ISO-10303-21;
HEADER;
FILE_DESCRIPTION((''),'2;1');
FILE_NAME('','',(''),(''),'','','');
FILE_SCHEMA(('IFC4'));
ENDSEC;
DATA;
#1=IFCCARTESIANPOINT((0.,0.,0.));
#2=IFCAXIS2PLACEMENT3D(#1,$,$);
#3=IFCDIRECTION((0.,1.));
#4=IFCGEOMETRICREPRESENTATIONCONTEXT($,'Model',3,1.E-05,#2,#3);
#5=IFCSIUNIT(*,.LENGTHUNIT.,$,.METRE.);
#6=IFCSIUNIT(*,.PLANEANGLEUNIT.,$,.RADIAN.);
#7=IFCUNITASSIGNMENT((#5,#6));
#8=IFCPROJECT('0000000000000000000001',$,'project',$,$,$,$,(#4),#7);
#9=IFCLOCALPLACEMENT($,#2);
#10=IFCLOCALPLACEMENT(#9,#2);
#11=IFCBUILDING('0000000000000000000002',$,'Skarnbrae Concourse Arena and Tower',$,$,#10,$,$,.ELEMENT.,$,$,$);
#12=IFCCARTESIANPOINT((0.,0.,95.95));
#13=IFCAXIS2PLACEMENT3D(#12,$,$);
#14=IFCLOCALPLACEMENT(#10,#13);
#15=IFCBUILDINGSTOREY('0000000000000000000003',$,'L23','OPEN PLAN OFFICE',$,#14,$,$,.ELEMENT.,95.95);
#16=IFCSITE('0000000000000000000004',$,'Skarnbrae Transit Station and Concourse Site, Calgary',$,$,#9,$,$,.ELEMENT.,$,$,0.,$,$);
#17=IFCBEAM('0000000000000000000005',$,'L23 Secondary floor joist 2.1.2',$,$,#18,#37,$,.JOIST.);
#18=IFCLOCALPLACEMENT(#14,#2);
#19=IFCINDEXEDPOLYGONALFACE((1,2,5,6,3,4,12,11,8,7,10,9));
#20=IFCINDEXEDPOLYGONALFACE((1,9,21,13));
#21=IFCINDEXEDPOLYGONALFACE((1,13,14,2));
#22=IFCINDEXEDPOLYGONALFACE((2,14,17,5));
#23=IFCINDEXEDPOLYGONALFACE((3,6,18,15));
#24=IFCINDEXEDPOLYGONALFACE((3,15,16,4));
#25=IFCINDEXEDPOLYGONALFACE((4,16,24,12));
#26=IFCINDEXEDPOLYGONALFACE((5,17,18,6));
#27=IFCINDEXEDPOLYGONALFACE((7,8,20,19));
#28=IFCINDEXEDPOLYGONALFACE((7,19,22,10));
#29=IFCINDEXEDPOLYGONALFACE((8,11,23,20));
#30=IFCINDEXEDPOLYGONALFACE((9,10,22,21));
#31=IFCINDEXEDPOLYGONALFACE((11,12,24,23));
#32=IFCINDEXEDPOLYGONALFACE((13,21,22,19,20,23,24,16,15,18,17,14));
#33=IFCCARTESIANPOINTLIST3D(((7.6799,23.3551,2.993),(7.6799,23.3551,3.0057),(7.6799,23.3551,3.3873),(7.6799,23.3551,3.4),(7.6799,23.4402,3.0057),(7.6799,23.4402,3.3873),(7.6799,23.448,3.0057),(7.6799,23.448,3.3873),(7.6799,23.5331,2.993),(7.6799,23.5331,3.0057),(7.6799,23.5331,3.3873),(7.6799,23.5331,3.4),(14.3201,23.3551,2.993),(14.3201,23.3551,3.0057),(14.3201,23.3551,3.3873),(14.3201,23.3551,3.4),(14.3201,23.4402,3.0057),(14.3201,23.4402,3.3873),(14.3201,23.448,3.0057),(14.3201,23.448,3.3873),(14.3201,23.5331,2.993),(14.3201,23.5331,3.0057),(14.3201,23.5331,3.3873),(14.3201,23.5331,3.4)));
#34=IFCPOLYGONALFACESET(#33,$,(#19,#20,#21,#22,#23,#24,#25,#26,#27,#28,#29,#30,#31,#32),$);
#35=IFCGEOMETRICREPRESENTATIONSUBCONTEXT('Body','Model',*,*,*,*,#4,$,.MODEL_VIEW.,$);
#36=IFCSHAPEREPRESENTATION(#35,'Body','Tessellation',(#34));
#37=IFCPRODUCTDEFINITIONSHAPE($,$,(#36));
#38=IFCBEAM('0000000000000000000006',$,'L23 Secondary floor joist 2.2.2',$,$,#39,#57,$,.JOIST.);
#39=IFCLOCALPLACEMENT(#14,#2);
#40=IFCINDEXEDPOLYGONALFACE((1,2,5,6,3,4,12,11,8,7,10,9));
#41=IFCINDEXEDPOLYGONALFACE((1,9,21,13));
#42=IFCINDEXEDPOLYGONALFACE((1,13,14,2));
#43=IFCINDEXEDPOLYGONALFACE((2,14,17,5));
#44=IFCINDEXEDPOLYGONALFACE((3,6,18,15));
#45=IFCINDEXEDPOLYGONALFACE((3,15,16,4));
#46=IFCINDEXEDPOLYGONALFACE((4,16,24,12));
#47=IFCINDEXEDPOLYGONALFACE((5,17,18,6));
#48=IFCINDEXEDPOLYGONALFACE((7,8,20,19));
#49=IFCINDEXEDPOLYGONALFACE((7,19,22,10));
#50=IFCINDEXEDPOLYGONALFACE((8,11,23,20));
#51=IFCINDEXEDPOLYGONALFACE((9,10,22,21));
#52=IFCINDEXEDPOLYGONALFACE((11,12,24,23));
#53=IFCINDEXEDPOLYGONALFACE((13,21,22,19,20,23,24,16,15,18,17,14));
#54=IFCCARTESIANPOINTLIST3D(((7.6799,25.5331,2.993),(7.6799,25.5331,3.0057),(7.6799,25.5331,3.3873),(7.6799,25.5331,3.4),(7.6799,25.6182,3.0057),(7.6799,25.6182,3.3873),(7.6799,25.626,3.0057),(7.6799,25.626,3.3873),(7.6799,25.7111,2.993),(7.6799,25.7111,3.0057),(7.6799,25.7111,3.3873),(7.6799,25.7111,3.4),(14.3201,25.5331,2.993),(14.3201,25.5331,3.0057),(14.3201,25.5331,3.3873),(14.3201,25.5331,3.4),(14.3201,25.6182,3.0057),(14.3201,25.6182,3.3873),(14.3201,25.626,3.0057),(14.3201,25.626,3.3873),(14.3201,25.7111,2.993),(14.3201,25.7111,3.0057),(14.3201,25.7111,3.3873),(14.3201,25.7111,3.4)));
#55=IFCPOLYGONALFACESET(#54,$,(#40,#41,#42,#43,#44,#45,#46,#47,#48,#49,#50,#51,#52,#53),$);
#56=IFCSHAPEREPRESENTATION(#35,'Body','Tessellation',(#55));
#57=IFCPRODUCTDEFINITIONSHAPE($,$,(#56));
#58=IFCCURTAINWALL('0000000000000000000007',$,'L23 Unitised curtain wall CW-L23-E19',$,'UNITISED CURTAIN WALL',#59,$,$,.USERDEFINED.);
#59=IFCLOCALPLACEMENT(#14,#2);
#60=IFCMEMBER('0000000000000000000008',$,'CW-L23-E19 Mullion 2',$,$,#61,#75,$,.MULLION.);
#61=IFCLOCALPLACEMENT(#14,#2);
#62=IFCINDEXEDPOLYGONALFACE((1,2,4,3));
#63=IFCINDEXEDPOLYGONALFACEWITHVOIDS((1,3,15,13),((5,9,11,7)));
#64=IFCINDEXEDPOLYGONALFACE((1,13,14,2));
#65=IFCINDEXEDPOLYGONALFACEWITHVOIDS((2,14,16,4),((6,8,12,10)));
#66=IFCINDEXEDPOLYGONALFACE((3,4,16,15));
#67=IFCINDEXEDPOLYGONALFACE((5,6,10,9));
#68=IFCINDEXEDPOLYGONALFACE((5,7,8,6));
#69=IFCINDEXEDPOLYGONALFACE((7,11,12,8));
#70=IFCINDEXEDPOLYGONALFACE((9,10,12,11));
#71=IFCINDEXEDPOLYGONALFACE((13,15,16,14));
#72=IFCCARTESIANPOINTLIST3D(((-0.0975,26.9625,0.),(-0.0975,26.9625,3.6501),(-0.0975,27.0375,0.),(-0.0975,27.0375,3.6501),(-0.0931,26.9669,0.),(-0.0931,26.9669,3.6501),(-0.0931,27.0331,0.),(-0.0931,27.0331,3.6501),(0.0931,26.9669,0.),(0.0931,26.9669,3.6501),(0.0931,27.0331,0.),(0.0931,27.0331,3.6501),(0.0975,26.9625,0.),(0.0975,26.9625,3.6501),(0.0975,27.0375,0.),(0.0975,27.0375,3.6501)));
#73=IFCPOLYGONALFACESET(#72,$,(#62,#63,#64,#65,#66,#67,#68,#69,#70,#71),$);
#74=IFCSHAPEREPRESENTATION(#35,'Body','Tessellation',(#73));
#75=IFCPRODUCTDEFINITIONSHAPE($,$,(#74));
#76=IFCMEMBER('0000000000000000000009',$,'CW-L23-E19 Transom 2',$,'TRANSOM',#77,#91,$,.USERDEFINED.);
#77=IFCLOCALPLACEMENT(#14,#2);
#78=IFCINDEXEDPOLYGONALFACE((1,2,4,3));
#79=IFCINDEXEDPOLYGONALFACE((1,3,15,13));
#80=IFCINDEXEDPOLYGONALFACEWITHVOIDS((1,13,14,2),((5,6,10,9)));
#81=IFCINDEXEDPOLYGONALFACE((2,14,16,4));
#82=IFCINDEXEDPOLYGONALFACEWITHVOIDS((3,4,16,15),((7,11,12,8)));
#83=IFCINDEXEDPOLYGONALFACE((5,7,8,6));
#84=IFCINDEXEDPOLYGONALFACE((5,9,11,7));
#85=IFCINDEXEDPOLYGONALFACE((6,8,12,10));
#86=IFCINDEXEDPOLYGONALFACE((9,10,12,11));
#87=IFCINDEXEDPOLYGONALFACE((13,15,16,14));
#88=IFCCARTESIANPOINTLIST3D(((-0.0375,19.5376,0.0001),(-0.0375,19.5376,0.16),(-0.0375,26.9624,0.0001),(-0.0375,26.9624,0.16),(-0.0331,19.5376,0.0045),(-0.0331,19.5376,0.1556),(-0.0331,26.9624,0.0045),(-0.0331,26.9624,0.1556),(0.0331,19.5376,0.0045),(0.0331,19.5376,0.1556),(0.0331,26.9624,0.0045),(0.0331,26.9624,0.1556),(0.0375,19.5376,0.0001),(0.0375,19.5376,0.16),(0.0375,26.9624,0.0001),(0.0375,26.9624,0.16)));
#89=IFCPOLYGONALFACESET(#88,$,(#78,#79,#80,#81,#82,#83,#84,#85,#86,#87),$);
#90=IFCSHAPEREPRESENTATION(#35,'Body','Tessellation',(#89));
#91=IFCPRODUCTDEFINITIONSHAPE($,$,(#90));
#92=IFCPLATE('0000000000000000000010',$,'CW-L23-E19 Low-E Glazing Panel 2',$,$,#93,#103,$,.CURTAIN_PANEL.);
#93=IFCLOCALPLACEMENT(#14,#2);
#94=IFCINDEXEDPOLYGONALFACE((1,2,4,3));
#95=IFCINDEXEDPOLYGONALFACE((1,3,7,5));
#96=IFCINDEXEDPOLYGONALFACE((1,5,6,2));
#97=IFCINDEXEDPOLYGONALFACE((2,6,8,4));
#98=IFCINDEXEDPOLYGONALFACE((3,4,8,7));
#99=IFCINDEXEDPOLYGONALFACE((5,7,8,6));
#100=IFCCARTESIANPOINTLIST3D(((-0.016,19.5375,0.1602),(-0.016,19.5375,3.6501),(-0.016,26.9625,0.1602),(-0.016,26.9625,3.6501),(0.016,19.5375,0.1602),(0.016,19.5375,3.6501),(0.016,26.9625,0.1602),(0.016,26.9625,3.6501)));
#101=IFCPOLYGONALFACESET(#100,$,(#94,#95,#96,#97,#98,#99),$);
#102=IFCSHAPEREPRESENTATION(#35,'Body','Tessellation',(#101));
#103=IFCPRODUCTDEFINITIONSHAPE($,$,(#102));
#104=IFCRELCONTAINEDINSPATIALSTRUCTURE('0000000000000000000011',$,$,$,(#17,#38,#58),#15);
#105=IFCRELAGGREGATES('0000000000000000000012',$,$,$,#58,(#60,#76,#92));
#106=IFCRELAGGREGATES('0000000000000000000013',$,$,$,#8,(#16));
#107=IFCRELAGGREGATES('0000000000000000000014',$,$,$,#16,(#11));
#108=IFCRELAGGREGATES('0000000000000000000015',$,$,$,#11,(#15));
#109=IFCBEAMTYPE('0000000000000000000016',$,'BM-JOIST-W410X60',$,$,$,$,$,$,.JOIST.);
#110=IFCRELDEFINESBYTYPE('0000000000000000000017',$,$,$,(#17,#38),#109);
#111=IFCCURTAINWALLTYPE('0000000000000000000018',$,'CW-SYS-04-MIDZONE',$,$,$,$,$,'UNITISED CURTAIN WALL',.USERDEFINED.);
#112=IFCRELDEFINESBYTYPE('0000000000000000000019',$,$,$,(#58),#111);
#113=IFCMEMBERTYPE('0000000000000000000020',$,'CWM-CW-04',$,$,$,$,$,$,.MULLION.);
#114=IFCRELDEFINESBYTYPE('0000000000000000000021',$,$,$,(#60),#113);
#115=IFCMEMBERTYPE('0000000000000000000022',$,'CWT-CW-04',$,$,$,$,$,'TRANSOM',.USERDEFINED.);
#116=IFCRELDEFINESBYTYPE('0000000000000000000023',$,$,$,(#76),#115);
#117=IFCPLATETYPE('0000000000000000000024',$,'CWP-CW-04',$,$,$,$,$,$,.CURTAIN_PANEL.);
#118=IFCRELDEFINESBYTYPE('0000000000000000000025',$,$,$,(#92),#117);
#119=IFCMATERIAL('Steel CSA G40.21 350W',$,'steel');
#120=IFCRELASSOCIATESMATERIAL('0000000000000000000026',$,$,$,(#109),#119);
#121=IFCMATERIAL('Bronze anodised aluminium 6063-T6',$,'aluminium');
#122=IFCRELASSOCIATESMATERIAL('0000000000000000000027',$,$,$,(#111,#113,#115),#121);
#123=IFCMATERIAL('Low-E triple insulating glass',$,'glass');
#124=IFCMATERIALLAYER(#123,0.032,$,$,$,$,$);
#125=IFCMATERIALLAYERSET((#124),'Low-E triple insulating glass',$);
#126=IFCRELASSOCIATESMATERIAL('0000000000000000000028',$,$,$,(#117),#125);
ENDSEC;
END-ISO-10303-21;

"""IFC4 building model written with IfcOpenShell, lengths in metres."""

from ifc_helpers import new_model, si_unit, direction, frame, origin, origin_2d, place, context, subcontext, project, spatial, rectangle, hollow_rectangle, i_section, extrude, source, transform, mapped, material, layer, layer_set, material_profile, profile_set, type_object, element, aggregate, save


model = new_model("IFC4")

# Units and contexts
model_context = context("Model", 3, precision=1e-05, world=origin(), true_north=direction((0.0, 1.0)))
body_context = subcontext(model_context, "Body", "Model", "MODEL_VIEW")
ifc_project = project(units=[si_unit("LENGTHUNIT", "METRE"), si_unit("PLANEANGLEUNIT", "RADIAN")], contexts=[model_context])

# Site, building, storey
site_placement = place(None, origin())
site = spatial("IfcSite", under=ifc_project, at=site_placement, Name="Skarnbrae Transit Station and Concourse Site, Calgary", CompositionType="ELEMENT", RefElevation=0.0)
building_placement = place(site_placement, origin())
building = spatial("IfcBuilding", under=site, at=building_placement, Name="Skarnbrae Concourse Arena and Tower", CompositionType="ELEMENT")
storey_placement = place(building_placement, frame((0.0, 0.0, 95.95)))
storey = spatial("IfcBuildingStorey", under=building, at=storey_placement, Name="L23", Description="OPEN PLAN OFFICE", CompositionType="ELEMENT", Elevation=95.95)

# Shared definitions
ifc_material_1 = material(Name="Steel CSA G40.21 350W", Category="steel")

# Beams
ifc_material_profile_1 = material_profile(ifc_material_1, i_section(OverallWidth=0.178, OverallDepth=0.407, WebThickness=0.0078, FlangeThickness=0.0127, at=origin_2d()), Name="W410X60")
ifc_profile_set_1 = profile_set([ifc_material_profile_1], Name="Steel CSA G40.21 350W")
beam_type_1 = type_object("IfcBeamType", Name="BM-JOIST-W410X60", PredefinedType="JOIST", material=ifc_profile_set_1)
shared_shape_1 = source(origin(), body_context, "Body", "SweptSolid", [
    extrude(i_section(OverallWidth=0.178, OverallDepth=0.407, WebThickness=0.0078, FlangeThickness=0.0127, at=origin_2d()), origin(), (0.0, 0.0, 1.0), 6.6401),
])
for number, where, z_axis, x_axis, name in (
    (1, (7.6799, 23.4441, 3.1965), (1.0, 0.0, 0.0), (0.0, 1.0, 0.0), "L23 Secondary floor joist 2.1.2"),
    (2, (7.6799, 25.6221, 3.1965), (1.0, 0.0, 0.0), (0.0, 1.0, 0.0), "L23 Secondary floor joist 2.2.2"),
):
    element("IfcBeam", number, at=place(storey_placement, frame(where, z_axis=z_axis, x_axis=x_axis)), inside=storey, type_object=beam_type_1, Name=name, PredefinedType="JOIST", context=body_context, shape_type="MappedRepresentation", body=[
        mapped(shared_shape_1, transform((0.0, 0.0, 0.0))),
    ])

# Curtain wall, members, plate
ifc_material_2 = material(Name="Bronze anodised aluminium 6063-T6", Category="aluminium")
curtain_wall_type = type_object("IfcCurtainWallType", Name="CW-SYS-04-MIDZONE", ElementType="UNITISED CURTAIN WALL", PredefinedType="USERDEFINED", material=ifc_material_2)
curtain_wall_placement = place(storey_placement, origin())
curtain_wall = element("IfcCurtainWall", 3, at=curtain_wall_placement, inside=storey, type_object=curtain_wall_type, Name="L23 Unitised curtain wall CW-L23-E19", ObjectType="UNITISED CURTAIN WALL", PredefinedType="USERDEFINED")
ifc_material_profile_2 = material_profile(ifc_material_2, hollow_rectangle(XDim=0.075, YDim=0.1951, WallThickness=0.0044, at=origin_2d()), Name="ALU-MULL-75X195")
ifc_profile_set_2 = profile_set([ifc_material_profile_2], Name="Bronze anodised aluminium 6063-T6")
member_type_1 = type_object("IfcMemberType", Name="CWM-CW-04", PredefinedType="MULLION", material=ifc_profile_set_2)
shared_shape_2 = source(origin(), body_context, "Body", "SweptSolid", [
    extrude(hollow_rectangle(XDim=0.075, YDim=0.1951, WallThickness=0.0044, at=origin_2d()), origin(), (0.0, 0.0, 1.0), 3.6501),
])
member_1_placement = place(storey_placement, frame((0.0, 27.0, 0.0), z_axis=(0.0, 0.0, 1.0), x_axis=(0.0, -1.0, 0.0)))
member_1 = element("IfcMember", 4, at=member_1_placement, type_object=member_type_1, Name="CW-L23-E19 Mullion 2", PredefinedType="MULLION", context=body_context, shape_type="MappedRepresentation", body=[
    mapped(shared_shape_2, transform((0.0, 0.0, 0.0))),
])
ifc_material_profile_3 = material_profile(ifc_material_2, hollow_rectangle(XDim=0.075, YDim=0.1599, WallThickness=0.0044, at=origin_2d()), Name="ALU-TRAN-75X160")
ifc_profile_set_3 = profile_set([ifc_material_profile_3], Name="Bronze anodised aluminium 6063-T6")
member_type_2 = type_object("IfcMemberType", Name="CWT-CW-04", ElementType="TRANSOM", PredefinedType="USERDEFINED", material=ifc_profile_set_3)
shared_shape_3 = source(origin(), body_context, "Body", "SweptSolid", [
    extrude(hollow_rectangle(XDim=0.075, YDim=0.1599, WallThickness=0.0044, at=origin_2d()), origin(), (0.0, 0.0, 1.0), 7.4248),
])
member_2_placement = place(storey_placement, frame((0.0, 26.9624, 0.0801), z_axis=(0.0, -1.0, 0.0), x_axis=(1.0, 0.0, 0.0)))
member_2 = element("IfcMember", 5, at=member_2_placement, type_object=member_type_2, Name="CW-L23-E19 Transom 2", ObjectType="TRANSOM", PredefinedType="USERDEFINED", context=body_context, shape_type="MappedRepresentation", body=[
    mapped(shared_shape_3, transform((0.0, 0.0, 0.0))),
])
ifc_material_3 = material(Name="Low-E triple insulating glass", Category="glass")
ifc_layer = layer(ifc_material_3, 0.032)
ifc_layer_set = layer_set([ifc_layer], Name="Low-E triple insulating glass")
plate_type = type_object("IfcPlateType", Name="CWP-CW-04", PredefinedType="CURTAIN_PANEL", material=ifc_layer_set)
shared_shape_4 = source(origin(), body_context, "Body", "SweptSolid", [
    extrude(rectangle(XDim=7.425, YDim=0.032, at=origin_2d()), origin(), (0.0, 0.0, 1.0), 3.49),
])
plate_placement = place(storey_placement, frame((0.0, 23.25, 0.1602), z_axis=(0.0, 0.0, 1.0), x_axis=(0.0, -1.0, 0.0)))
plate = element("IfcPlate", 6, at=plate_placement, type_object=plate_type, Name="CW-L23-E19 Low-E Glazing Panel 2", PredefinedType="CURTAIN_PANEL", context=body_context, shape_type="MappedRepresentation", body=[
    mapped(shared_shape_4, transform((0.0, 0.0, 0.0))),
])
aggregate(curtain_wall, [member_1, member_2, plate])

save(model, "model.ifc")
